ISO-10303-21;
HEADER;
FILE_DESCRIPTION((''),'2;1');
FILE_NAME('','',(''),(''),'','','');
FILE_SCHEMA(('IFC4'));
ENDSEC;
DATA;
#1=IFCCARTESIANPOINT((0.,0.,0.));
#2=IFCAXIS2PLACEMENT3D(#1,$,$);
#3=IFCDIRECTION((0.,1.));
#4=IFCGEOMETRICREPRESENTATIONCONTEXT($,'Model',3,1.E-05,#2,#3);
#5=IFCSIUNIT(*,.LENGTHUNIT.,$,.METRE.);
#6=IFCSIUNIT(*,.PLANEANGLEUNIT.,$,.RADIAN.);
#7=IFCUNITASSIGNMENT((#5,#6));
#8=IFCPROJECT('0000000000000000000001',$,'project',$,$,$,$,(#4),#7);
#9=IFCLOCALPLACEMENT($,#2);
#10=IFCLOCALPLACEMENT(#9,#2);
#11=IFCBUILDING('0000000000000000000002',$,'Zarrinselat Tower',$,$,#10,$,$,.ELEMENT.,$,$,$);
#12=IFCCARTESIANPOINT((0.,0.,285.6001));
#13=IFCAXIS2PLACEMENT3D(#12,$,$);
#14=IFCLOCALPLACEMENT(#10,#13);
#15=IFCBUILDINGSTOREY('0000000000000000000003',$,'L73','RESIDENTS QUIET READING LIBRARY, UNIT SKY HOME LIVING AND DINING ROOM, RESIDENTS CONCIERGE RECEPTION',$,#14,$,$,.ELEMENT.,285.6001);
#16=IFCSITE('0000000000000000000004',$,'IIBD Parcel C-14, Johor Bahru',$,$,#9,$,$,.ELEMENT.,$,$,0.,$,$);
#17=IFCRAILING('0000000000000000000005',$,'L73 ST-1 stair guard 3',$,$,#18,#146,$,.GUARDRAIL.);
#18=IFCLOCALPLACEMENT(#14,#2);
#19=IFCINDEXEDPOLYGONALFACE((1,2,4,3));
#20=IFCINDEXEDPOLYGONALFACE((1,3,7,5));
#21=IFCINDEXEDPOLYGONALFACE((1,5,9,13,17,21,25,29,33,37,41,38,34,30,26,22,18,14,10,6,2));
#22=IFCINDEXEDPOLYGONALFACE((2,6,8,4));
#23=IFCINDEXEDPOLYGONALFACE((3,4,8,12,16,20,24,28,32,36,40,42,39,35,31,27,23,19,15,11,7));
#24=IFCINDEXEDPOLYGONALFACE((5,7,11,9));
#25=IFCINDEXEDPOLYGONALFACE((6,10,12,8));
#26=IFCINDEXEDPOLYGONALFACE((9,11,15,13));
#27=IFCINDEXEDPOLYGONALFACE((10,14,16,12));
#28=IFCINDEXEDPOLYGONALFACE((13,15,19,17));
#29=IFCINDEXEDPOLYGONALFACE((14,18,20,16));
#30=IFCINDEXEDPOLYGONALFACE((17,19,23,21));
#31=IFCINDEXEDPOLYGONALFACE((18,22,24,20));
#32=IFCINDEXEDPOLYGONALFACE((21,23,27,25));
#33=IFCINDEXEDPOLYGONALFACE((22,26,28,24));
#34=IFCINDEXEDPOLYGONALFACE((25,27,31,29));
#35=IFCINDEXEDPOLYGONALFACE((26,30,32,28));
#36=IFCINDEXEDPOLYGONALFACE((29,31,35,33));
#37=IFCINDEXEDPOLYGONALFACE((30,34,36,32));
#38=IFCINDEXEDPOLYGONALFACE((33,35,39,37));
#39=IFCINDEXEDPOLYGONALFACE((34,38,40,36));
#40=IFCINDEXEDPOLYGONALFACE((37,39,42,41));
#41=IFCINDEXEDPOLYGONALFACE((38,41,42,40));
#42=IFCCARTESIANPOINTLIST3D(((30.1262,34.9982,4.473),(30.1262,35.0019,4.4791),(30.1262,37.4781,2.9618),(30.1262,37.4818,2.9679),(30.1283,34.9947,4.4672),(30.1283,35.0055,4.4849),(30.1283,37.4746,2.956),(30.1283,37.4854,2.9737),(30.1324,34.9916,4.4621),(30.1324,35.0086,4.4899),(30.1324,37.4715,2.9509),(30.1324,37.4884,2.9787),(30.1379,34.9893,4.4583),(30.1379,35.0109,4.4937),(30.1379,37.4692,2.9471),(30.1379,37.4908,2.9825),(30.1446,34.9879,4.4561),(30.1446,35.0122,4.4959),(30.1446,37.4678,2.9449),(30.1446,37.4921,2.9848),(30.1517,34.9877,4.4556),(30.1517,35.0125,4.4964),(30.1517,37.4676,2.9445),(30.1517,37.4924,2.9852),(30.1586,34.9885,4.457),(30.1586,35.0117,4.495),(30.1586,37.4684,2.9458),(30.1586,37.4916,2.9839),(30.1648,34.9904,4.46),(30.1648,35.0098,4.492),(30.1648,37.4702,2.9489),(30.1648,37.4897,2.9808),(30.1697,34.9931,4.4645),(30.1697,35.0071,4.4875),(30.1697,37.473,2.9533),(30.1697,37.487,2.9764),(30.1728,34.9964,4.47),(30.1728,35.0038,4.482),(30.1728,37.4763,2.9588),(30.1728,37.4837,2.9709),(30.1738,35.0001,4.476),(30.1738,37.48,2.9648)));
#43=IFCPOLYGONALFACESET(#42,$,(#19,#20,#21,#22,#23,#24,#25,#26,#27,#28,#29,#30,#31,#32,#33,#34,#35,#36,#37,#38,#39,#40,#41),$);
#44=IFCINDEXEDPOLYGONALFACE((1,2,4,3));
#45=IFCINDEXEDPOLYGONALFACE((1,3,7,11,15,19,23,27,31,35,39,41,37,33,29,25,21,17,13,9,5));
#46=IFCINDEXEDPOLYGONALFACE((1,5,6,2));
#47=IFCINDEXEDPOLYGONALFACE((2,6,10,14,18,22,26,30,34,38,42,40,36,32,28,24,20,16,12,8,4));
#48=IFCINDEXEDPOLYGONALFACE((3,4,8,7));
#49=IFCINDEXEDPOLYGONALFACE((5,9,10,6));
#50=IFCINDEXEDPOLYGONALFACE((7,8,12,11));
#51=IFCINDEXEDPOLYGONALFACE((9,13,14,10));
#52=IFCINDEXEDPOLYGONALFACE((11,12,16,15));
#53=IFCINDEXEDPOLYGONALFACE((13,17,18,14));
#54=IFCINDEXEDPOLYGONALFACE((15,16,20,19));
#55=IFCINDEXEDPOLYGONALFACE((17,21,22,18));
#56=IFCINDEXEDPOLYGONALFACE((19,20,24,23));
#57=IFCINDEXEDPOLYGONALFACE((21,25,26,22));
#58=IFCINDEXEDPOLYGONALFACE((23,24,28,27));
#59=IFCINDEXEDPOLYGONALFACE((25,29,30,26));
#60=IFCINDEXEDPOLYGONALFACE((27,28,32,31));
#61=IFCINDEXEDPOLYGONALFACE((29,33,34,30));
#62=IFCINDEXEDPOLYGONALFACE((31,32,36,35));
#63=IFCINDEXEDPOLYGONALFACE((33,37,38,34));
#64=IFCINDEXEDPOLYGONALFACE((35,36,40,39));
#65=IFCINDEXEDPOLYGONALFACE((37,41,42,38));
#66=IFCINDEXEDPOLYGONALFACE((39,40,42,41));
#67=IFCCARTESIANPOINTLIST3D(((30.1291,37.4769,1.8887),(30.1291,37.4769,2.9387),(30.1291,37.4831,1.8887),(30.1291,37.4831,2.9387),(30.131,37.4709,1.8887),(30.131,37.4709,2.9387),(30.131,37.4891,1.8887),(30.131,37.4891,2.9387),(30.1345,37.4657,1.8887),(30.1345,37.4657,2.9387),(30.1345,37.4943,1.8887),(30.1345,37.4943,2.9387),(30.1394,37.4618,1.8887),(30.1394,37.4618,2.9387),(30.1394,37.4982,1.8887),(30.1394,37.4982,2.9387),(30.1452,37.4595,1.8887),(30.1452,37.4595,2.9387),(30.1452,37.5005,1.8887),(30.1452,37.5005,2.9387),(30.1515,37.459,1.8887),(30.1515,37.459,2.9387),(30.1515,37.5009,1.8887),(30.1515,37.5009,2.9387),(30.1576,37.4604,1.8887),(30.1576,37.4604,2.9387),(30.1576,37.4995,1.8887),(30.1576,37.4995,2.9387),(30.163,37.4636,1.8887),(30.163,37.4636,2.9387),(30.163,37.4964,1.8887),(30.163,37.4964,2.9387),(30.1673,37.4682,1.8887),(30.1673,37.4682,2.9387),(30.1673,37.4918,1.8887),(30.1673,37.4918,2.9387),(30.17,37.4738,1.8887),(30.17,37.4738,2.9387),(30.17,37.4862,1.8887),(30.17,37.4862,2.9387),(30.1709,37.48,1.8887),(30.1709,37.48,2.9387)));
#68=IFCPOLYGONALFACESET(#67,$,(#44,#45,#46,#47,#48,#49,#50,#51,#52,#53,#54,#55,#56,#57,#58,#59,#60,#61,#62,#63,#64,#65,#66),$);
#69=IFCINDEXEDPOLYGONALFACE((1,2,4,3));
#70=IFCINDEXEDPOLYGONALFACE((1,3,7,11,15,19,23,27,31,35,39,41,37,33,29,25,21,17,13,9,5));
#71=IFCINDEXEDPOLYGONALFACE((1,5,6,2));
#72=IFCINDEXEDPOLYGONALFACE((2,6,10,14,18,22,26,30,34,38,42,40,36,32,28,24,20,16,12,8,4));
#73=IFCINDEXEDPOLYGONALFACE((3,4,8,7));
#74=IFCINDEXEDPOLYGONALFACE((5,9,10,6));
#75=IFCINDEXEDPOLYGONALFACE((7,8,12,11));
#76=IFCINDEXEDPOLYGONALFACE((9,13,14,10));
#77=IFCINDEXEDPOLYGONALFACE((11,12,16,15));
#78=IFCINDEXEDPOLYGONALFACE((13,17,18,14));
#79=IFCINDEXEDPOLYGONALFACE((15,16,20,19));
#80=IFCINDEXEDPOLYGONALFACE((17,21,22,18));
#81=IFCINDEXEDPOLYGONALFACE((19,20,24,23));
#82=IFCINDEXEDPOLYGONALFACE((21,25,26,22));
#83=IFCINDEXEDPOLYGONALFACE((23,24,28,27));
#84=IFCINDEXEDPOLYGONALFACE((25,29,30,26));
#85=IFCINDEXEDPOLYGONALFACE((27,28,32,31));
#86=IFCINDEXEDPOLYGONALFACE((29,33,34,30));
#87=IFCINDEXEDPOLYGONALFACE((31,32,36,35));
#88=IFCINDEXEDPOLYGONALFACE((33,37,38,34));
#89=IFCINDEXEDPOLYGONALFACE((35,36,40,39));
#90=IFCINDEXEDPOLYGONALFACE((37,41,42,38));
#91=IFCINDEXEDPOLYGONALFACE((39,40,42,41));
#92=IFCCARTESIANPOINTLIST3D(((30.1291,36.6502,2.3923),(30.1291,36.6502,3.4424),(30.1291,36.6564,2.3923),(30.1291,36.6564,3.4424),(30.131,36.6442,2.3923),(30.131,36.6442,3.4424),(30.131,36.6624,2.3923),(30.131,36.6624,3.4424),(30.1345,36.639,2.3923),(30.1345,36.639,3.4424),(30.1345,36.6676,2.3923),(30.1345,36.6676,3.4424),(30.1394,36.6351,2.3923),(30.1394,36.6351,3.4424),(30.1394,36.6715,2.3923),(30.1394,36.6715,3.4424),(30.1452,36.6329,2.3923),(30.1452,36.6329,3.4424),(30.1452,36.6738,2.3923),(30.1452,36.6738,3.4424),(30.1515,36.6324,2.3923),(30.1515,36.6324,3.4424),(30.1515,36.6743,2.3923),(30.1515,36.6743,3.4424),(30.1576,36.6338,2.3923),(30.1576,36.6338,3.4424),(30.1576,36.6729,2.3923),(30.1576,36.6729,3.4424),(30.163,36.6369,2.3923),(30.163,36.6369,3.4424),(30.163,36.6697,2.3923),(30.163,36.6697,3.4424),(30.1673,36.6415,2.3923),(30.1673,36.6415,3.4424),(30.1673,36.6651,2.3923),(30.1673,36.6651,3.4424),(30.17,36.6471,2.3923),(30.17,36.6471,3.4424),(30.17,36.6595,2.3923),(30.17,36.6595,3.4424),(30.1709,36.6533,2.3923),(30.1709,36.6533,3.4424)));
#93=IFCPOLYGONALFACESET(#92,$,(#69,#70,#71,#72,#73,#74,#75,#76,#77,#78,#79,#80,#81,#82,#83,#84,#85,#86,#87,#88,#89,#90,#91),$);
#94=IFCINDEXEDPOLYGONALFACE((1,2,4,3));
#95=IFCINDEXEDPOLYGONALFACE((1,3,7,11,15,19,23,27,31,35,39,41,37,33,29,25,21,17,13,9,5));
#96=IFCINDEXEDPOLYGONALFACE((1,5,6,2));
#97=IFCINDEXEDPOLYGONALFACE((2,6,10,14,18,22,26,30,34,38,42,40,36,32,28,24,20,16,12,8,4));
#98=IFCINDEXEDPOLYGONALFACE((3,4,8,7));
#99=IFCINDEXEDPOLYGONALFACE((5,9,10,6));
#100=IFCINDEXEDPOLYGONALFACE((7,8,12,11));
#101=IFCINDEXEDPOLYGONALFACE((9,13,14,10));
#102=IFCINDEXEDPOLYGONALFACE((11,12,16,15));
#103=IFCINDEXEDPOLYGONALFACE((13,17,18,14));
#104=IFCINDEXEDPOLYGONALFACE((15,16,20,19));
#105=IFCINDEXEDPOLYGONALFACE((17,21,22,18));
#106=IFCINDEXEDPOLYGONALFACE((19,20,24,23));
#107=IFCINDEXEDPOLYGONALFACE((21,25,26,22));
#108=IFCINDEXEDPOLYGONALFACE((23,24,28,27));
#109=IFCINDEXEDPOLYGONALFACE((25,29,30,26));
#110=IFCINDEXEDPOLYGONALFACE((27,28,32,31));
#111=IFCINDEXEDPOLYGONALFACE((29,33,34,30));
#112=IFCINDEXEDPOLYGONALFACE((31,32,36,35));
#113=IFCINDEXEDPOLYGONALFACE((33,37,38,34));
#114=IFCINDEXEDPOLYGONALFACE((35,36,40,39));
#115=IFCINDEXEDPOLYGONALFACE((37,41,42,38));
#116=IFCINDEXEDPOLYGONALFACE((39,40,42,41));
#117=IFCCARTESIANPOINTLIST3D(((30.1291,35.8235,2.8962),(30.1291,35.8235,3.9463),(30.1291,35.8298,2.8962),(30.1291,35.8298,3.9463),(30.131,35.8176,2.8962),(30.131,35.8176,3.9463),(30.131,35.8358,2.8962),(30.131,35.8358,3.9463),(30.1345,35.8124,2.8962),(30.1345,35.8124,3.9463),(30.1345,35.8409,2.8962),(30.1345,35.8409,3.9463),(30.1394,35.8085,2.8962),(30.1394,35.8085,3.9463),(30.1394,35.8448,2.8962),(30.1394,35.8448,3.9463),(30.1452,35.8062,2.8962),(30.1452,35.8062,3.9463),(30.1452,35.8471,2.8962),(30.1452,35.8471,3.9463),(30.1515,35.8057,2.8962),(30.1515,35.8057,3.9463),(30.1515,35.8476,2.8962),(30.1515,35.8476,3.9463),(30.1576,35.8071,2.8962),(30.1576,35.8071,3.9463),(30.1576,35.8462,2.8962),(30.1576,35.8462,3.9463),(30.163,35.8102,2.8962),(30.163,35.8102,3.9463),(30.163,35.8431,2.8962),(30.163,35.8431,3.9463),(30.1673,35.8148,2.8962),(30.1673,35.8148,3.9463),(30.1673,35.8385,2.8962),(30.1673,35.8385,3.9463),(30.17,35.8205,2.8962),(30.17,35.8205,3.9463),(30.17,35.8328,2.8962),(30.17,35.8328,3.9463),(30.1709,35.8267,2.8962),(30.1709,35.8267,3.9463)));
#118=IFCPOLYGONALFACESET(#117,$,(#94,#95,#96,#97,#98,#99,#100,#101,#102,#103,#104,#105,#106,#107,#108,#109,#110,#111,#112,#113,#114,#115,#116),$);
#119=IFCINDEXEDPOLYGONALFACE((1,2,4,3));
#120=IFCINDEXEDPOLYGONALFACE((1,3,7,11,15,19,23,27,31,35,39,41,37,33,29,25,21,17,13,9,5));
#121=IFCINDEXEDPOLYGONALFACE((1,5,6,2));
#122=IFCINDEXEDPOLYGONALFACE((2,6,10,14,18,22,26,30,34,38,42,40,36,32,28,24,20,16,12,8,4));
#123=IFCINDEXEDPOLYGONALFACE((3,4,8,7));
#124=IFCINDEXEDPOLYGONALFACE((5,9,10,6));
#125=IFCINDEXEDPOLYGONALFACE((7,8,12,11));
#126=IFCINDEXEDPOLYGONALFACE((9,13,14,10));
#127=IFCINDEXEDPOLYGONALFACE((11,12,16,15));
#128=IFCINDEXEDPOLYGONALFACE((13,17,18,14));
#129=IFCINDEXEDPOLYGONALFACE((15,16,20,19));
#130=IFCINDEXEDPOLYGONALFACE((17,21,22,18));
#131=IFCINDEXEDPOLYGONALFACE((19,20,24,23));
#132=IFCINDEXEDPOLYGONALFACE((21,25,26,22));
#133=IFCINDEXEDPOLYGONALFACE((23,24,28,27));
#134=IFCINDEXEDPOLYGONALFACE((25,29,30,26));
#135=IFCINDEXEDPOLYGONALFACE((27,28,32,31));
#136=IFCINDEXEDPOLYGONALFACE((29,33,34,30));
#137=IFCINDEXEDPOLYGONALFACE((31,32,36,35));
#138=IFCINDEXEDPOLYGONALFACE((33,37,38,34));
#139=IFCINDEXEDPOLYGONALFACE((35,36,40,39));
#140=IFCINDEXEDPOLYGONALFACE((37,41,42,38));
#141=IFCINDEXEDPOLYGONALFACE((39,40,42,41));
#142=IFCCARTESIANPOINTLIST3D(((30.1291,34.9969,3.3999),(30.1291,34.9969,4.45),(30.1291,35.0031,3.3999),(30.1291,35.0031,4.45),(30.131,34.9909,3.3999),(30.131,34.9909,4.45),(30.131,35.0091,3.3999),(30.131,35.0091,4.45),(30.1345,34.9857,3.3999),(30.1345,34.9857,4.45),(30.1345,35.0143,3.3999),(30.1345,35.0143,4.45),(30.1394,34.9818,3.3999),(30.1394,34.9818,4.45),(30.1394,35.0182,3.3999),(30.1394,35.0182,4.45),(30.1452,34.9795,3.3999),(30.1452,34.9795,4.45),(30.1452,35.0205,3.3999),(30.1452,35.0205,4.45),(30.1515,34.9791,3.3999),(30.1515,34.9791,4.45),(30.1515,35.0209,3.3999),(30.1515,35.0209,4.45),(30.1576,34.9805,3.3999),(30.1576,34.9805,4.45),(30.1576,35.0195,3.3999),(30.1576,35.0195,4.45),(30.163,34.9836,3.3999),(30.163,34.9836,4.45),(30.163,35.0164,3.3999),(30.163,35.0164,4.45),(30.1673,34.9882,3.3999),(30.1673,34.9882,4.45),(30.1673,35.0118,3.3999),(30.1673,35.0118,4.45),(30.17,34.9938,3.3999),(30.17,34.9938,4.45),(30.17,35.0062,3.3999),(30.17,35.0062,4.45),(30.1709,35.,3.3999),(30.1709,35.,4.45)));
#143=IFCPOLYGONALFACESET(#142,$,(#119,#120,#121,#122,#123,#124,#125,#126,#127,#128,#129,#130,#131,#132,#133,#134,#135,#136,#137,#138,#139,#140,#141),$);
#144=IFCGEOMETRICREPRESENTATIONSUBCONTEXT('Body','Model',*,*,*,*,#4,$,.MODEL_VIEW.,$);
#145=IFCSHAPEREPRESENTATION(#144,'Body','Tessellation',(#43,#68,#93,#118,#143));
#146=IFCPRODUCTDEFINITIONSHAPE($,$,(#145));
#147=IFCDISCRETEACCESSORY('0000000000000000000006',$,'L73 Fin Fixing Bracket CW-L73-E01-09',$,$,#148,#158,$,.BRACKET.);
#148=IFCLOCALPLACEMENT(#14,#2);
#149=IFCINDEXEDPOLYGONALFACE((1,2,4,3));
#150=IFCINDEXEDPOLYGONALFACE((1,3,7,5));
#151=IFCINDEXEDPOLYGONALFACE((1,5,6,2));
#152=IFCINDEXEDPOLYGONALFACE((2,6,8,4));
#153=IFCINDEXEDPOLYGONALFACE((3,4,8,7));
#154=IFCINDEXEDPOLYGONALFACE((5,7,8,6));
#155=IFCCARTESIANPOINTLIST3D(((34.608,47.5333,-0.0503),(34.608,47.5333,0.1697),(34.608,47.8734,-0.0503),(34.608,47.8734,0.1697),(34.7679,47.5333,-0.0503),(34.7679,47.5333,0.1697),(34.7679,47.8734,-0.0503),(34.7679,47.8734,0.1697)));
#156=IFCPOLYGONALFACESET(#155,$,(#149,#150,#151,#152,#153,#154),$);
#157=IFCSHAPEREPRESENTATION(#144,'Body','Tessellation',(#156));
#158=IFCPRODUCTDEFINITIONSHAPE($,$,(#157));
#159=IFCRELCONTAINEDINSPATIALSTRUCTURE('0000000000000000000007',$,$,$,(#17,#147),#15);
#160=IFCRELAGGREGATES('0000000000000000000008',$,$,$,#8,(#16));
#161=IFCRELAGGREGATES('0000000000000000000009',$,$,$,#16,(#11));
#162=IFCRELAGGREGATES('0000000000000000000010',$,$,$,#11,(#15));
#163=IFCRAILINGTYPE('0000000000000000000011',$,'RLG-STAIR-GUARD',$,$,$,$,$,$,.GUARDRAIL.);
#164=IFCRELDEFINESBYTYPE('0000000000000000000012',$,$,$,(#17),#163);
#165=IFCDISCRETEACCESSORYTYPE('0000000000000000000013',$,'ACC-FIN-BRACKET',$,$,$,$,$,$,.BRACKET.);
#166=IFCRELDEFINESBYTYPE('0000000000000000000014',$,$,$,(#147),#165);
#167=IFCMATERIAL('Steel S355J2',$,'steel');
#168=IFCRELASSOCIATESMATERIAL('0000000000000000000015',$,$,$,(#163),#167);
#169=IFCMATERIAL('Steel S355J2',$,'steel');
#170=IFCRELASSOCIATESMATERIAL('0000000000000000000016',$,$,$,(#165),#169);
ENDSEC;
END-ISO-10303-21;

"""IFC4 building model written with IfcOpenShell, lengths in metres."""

from ifc_helpers import new_model, si_unit, direction, frame, origin, origin_2d, place, context, subcontext, project, spatial, rectangle, circle, extrude, material, type_object, element, save


model = new_model("IFC4")

# Units and contexts
model_context = context("Model", 3, precision=1e-05, world=origin(), true_north=direction((0.0, 1.0)))
body_context = subcontext(model_context, "Body", "Model", "MODEL_VIEW")
ifc_project = project(units=[si_unit("LENGTHUNIT", "METRE"), si_unit("PLANEANGLEUNIT", "RADIAN")], contexts=[model_context])

# Site, building, storey
site_placement = place(None, origin())
site = spatial("IfcSite", under=ifc_project, at=site_placement, Name="IIBD Parcel C-14, Johor Bahru", CompositionType="ELEMENT", RefElevation=0.0)
building_placement = place(site_placement, origin())
building = spatial("IfcBuilding", under=site, at=building_placement, Name="Zarrinselat Tower", CompositionType="ELEMENT")
storey_placement = place(building_placement, frame((0.0, 0.0, 285.6001)))
storey = spatial("IfcBuildingStorey", under=building, at=storey_placement, Name="L73", Description="RESIDENTS QUIET READING LIBRARY, UNIT SKY HOME LIVING AND DINING ROOM, RESIDENTS CONCIERGE RECEPTION", CompositionType="ELEMENT", Elevation=285.6001)

# Railing
ifc_material_1 = material(Name="Steel S355J2", Category="steel")
railing_type = type_object("IfcRailingType", Name="RLG-STAIR-GUARD", PredefinedType="GUARDRAIL", material=ifc_material_1)
railing_1_placement = place(storey_placement, frame((30.1499, 37.48, 1.8887)))
element("IfcRailing", 1, at=railing_1_placement, inside=storey, type_object=railing_type, Name="L73 ST-1 stair guard 3", PredefinedType="GUARDRAIL", context=body_context, shape_type="SweptSolid", body=[
    extrude(circle(Radius=0.0239, at=origin_2d()), frame((0.0, 0.0, 1.0762), z_axis=(0.0, -0.853942, 0.520368), x_axis=(1.0, 0.0, 0.0)), (0.0, 0.0, 1.0), 2.9041),
    extrude(circle(Radius=0.021, at=origin_2d()), origin(), (0.0, 0.0, 1.0), 1.05),
    extrude(circle(Radius=0.021, at=origin_2d()), frame((0.0, -0.8267, 0.5037)), (0.0, 0.0, 1.0), 1.05),
    extrude(circle(Radius=0.021, at=origin_2d()), frame((0.0, -1.6533, 1.0076)), (0.0, 0.0, 1.0), 1.05),
    extrude(circle(Radius=0.021, at=origin_2d()), frame((0.0, -2.48, 1.5112)), (0.0, 0.0, 1.0), 1.05),
])

# Discrete accessory
ifc_material_2 = material(Name="Steel S355J2", Category="steel")
discrete_accessory_type = type_object("IfcDiscreteAccessoryType", Name="ACC-FIN-BRACKET", PredefinedType="BRACKET", material=ifc_material_2)
discrete_accessory_placement = place(storey_placement, frame((34.688, 47.7034, -0.0503), z_axis=(0.0, 0.0, 1.0), x_axis=(0.0, 1.0, 0.0)))
element("IfcDiscreteAccessory", 2, at=discrete_accessory_placement, inside=storey, type_object=discrete_accessory_type, Name="L73 Fin Fixing Bracket CW-L73-E01-09", PredefinedType="BRACKET", context=body_context, shape_type="SweptSolid", body=[
    extrude(rectangle(XDim=0.3401, YDim=0.1599, at=origin_2d()), origin(), (0.0, 0.0, 1.0), 0.22),
])

save(model, "model.ifc")
